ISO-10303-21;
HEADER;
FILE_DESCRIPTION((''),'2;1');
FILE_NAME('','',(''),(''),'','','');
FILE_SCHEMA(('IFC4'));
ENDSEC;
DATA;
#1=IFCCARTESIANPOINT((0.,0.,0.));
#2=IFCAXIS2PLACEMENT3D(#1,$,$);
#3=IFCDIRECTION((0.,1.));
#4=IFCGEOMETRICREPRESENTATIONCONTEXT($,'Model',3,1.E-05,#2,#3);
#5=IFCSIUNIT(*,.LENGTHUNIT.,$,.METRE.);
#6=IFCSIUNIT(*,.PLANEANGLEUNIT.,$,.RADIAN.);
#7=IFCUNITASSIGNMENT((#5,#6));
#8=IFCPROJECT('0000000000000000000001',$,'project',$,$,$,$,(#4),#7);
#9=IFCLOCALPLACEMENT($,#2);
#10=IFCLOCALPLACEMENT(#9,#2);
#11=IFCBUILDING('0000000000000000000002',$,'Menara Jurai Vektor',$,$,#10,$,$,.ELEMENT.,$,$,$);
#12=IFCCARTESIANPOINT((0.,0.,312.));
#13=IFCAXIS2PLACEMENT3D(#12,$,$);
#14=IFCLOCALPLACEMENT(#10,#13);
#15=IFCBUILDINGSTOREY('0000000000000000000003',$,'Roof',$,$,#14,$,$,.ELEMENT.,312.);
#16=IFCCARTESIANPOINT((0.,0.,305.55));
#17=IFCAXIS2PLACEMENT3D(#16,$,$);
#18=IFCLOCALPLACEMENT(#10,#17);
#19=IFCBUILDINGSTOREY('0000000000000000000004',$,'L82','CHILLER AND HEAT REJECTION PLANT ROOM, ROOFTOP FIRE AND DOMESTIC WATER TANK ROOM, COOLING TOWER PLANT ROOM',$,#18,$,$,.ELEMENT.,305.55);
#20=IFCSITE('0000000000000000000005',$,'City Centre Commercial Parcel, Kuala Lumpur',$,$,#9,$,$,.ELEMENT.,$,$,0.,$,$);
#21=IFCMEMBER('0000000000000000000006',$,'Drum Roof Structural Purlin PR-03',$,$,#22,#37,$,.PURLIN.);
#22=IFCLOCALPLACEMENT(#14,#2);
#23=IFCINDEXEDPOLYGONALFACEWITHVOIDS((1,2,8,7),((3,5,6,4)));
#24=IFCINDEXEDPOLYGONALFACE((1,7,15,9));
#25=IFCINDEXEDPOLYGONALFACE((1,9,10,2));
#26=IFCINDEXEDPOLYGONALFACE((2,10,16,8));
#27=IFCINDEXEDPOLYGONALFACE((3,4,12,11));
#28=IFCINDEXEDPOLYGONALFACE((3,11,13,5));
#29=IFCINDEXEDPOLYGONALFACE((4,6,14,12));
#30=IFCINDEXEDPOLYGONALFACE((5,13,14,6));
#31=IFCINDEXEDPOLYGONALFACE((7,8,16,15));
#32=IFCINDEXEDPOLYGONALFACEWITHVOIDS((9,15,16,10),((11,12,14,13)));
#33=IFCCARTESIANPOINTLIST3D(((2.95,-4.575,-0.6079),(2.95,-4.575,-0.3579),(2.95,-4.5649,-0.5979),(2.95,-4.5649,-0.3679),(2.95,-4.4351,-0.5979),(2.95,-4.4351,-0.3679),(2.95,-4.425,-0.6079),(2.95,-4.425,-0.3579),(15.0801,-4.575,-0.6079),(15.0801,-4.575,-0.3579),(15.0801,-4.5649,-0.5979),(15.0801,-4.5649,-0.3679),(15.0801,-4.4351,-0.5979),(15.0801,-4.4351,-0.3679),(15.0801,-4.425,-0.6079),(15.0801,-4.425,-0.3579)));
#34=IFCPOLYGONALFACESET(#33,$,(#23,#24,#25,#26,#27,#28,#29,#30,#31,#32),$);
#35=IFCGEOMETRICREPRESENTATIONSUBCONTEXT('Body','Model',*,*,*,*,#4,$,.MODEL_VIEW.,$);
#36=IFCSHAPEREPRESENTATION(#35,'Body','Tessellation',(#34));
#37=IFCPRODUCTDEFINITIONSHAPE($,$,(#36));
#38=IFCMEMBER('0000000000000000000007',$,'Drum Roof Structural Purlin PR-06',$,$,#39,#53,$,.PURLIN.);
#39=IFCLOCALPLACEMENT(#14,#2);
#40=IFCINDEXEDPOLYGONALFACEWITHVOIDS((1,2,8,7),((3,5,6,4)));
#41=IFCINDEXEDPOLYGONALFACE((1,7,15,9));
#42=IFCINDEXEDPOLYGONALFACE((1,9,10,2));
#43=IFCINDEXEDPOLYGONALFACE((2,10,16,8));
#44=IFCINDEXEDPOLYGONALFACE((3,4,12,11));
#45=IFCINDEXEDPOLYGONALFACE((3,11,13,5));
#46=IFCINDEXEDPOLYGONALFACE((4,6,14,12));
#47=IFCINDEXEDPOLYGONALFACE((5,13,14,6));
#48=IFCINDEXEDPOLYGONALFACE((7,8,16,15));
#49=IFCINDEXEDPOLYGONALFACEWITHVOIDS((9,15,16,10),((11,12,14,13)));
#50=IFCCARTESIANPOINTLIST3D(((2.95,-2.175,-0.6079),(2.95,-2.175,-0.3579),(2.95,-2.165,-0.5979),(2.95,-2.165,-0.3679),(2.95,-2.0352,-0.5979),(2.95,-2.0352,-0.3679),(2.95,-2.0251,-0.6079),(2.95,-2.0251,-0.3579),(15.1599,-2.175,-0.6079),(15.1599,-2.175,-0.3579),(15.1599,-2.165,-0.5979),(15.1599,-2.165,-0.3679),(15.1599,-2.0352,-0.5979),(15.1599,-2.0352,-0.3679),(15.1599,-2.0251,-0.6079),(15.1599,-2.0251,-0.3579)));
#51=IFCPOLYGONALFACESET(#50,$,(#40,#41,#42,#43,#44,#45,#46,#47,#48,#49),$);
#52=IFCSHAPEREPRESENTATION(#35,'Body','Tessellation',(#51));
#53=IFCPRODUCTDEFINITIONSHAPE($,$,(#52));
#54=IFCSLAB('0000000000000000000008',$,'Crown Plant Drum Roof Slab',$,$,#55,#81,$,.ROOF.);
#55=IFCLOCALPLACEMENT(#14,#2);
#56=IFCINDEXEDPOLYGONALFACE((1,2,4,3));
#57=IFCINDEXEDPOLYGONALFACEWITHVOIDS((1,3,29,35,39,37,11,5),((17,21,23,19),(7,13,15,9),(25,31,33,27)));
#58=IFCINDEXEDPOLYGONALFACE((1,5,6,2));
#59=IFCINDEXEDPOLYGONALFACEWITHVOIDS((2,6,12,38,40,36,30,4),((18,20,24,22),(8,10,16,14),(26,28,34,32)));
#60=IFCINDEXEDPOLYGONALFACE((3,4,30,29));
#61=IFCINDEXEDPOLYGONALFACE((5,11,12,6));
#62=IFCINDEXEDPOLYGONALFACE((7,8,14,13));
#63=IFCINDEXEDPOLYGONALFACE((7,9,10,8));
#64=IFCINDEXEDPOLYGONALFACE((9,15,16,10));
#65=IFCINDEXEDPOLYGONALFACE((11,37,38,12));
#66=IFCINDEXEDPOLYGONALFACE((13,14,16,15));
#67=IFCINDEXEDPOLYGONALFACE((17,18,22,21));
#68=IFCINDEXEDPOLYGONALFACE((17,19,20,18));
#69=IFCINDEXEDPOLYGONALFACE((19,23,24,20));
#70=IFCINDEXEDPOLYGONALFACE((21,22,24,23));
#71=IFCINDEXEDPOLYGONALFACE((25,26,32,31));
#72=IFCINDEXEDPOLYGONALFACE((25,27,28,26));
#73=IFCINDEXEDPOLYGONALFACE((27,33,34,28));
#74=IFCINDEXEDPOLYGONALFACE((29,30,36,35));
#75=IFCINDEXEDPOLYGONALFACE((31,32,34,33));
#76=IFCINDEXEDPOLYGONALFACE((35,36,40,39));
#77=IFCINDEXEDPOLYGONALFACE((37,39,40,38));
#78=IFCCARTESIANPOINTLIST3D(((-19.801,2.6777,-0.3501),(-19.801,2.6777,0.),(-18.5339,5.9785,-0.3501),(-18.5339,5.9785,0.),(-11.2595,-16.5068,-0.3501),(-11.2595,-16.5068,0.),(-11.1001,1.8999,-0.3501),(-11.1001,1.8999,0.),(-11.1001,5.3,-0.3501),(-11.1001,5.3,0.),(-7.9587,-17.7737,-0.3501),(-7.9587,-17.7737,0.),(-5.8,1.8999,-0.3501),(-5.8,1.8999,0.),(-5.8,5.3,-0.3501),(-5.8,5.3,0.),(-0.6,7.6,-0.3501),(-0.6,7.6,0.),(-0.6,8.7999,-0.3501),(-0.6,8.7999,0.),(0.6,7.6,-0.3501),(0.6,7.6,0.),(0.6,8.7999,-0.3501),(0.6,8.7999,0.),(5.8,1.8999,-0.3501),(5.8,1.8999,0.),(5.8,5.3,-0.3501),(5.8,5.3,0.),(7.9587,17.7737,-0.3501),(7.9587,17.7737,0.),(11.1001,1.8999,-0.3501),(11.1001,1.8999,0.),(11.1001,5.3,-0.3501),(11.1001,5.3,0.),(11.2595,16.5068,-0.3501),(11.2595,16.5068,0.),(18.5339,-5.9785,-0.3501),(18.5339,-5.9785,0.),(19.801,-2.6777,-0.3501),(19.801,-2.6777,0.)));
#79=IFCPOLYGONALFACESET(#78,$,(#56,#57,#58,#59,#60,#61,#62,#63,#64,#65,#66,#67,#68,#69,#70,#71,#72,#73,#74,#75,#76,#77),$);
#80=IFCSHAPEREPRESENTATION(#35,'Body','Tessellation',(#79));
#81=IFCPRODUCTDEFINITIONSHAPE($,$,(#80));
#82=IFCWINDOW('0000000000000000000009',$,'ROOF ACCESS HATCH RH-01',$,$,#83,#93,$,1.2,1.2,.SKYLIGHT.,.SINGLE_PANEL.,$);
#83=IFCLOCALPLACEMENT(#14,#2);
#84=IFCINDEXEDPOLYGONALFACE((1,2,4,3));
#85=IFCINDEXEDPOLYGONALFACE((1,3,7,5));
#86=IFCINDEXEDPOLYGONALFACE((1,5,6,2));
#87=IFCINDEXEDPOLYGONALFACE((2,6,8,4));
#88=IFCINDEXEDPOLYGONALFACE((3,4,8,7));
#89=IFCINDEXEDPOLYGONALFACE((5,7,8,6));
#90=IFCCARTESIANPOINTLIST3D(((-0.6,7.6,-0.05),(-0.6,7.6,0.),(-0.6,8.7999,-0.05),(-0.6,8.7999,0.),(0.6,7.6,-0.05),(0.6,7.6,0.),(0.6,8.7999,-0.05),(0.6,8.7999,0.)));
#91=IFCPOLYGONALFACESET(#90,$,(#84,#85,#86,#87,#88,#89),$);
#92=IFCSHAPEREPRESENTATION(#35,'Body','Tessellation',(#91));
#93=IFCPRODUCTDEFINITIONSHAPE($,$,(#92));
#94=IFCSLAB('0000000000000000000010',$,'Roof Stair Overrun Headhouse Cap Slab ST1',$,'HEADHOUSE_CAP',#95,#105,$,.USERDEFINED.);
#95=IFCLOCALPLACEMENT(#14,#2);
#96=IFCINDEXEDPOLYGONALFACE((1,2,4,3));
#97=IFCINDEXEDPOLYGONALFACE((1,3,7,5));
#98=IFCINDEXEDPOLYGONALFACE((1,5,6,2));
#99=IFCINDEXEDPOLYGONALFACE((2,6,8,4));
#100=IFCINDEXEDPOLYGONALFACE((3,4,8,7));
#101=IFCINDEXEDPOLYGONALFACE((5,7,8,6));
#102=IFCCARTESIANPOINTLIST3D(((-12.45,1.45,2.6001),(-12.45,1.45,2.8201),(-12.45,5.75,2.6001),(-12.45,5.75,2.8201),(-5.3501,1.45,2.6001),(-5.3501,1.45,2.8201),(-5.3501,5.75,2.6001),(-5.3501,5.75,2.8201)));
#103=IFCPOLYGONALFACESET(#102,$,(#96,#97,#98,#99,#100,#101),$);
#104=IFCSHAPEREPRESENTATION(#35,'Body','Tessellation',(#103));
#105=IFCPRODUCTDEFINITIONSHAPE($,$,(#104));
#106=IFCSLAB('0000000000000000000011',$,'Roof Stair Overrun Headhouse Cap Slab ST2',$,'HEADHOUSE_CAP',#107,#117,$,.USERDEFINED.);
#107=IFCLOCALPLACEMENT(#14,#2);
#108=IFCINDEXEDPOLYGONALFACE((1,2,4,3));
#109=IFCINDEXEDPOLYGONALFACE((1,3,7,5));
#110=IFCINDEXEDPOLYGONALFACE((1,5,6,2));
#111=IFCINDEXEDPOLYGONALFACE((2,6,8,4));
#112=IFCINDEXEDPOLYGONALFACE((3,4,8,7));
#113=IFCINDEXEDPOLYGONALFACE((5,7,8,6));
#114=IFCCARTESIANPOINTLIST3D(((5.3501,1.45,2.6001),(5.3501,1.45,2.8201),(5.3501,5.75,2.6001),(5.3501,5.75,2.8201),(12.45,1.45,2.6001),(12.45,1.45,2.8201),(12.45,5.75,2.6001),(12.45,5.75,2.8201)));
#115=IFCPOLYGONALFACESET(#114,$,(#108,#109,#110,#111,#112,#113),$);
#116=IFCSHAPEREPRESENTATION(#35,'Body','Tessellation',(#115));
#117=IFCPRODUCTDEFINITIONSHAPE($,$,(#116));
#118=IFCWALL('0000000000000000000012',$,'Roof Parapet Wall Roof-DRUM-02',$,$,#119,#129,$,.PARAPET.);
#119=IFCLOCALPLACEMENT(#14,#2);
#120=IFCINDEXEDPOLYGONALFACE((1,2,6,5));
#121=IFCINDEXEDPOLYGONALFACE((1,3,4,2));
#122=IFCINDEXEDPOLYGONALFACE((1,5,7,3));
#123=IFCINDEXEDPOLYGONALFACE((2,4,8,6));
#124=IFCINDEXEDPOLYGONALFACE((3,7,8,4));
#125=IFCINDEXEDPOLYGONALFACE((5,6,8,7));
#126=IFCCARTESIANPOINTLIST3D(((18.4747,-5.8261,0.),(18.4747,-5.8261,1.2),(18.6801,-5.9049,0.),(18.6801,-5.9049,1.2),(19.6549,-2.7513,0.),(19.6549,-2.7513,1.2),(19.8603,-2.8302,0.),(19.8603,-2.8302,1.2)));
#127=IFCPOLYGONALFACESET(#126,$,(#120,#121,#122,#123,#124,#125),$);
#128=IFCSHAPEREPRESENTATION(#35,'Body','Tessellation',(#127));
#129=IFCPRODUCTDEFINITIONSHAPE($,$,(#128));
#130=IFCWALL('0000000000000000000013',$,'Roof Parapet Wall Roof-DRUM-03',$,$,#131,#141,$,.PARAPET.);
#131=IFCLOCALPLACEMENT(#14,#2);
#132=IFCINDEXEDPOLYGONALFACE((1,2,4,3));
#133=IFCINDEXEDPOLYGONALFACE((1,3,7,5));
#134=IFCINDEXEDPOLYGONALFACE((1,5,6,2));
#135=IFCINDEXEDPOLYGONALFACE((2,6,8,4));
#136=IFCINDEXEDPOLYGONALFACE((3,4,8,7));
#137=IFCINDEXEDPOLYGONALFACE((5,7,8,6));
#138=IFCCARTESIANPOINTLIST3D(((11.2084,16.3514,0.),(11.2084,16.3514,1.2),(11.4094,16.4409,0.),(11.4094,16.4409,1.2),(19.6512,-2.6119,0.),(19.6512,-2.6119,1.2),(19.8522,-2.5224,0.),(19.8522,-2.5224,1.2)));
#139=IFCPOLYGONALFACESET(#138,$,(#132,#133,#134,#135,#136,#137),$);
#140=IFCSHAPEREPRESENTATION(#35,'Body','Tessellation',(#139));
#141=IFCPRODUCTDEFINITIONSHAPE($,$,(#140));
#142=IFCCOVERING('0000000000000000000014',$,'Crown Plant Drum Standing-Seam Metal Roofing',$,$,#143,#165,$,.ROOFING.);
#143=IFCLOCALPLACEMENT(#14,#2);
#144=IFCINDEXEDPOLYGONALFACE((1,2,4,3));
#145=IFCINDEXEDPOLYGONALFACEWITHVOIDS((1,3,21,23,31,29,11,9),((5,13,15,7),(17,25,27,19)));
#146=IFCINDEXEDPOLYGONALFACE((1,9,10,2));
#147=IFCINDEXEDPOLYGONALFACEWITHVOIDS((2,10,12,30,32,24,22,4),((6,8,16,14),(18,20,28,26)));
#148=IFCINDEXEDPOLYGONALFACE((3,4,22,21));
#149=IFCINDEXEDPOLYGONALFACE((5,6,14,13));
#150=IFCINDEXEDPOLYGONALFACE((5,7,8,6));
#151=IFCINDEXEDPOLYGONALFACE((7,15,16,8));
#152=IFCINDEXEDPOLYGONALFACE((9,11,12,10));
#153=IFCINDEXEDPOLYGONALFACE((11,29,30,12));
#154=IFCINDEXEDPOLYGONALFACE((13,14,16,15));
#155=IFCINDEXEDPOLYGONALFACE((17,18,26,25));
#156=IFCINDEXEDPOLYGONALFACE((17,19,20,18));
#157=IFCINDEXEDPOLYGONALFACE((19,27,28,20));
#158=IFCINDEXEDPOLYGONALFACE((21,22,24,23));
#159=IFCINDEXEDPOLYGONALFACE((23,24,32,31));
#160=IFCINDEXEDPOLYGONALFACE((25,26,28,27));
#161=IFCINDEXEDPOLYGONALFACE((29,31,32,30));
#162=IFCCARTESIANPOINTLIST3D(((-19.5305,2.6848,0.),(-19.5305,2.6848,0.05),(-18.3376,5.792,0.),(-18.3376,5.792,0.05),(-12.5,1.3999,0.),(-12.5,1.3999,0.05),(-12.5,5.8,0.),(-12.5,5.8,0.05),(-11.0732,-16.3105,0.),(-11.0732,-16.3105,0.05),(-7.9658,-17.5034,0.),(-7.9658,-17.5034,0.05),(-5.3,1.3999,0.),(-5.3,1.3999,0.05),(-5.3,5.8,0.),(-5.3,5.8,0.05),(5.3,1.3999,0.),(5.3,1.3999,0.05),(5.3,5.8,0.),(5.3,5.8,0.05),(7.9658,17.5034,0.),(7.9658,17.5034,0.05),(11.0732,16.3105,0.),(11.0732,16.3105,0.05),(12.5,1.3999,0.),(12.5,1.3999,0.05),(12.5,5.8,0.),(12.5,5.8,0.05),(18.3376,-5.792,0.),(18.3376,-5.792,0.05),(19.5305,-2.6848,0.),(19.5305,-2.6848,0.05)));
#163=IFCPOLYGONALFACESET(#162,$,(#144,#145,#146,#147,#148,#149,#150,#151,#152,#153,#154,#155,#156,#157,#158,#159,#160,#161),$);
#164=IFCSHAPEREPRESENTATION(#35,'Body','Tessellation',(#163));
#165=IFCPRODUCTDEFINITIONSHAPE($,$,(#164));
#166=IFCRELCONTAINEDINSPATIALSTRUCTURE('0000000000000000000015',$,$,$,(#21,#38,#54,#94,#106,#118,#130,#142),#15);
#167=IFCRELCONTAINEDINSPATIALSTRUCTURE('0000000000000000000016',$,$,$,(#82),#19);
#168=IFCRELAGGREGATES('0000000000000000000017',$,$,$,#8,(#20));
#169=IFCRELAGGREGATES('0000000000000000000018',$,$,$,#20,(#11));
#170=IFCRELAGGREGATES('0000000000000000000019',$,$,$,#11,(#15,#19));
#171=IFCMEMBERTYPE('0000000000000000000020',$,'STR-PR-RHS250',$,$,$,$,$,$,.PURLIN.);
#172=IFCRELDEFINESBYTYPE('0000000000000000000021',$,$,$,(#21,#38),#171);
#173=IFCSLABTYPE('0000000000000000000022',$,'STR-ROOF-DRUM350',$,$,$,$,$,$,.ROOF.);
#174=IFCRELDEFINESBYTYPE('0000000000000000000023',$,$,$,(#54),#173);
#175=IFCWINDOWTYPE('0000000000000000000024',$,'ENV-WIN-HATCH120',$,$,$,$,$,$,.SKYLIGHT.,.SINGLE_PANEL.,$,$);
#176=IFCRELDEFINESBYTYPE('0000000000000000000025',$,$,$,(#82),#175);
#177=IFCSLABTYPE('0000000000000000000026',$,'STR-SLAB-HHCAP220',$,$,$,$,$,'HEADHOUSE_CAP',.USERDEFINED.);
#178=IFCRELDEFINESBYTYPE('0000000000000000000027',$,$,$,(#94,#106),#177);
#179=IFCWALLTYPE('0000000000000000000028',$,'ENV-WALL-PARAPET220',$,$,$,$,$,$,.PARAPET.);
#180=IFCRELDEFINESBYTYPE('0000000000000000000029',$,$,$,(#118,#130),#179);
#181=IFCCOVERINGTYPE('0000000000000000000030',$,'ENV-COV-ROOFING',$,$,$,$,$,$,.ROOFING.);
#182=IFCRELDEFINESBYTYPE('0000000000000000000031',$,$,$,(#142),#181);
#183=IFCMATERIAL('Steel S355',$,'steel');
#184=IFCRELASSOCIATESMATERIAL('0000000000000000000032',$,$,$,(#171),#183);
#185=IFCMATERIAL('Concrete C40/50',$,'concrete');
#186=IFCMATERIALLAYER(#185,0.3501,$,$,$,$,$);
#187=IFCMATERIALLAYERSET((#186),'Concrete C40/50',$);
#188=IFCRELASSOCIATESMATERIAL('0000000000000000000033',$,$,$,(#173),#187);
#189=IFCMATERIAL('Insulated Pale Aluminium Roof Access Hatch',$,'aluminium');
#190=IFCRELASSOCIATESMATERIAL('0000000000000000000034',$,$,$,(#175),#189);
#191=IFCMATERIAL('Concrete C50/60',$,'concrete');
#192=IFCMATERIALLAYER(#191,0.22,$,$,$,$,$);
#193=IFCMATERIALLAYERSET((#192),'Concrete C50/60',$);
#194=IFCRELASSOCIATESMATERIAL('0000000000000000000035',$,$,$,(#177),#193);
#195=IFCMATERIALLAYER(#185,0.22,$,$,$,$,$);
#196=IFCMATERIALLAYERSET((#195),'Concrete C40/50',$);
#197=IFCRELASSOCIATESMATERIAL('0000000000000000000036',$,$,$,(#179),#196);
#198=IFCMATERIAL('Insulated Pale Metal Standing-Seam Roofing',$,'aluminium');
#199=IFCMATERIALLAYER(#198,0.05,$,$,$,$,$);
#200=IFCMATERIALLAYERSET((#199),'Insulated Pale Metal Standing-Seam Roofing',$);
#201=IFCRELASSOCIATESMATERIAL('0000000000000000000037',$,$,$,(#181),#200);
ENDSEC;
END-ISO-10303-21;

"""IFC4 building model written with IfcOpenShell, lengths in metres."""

from ifc_helpers import new_model, si_unit, direction, frame, frame_2d, origin, origin_2d, place, context, subcontext, project, spatial, polyline, rectangle, hollow_rectangle, outline, extrude, material, layer, layer_set, material_profile, profile_set, type_object, element, fill, save


model = new_model("IFC4")

# Units and contexts
model_context = context("Model", 3, precision=1e-05, world=origin(), true_north=direction((0.0, 1.0)))
body_context = subcontext(model_context, "Body", "Model", "MODEL_VIEW")
ifc_project = project(units=[si_unit("LENGTHUNIT", "METRE"), si_unit("PLANEANGLEUNIT", "RADIAN")], contexts=[model_context])

# Site, building, storey
site_placement = place(None, origin())
site = spatial("IfcSite", under=ifc_project, at=site_placement, Name="City Centre Commercial Parcel, Kuala Lumpur", CompositionType="ELEMENT", RefElevation=0.0)
building_placement = place(site_placement, origin())
building = spatial("IfcBuilding", under=site, at=building_placement, Name="Menara Jurai Vektor", CompositionType="ELEMENT")
storey_1_placement = place(building_placement, frame((0.0, 0.0, 312.0)))
storey_1 = spatial("IfcBuildingStorey", under=building, at=storey_1_placement, Name="Roof", CompositionType="ELEMENT", Elevation=312.0)

# Shared definitions
ifc_material_1 = material(Name="Steel S355", Category="steel")

# Members
ifc_material_profile_1 = material_profile(ifc_material_1, hollow_rectangle(XDim=0.1499, YDim=0.25, WallThickness=0.01, at=origin_2d()), Name="RHS 250x150x10")
ifc_profile_set_1 = profile_set([ifc_material_profile_1], Name="Steel S355")
member_type_1 = type_object("IfcMemberType", Name="STR-PR-RHS250", PredefinedType="PURLIN", material=ifc_profile_set_1)
member_1_placement = place(storey_1_placement, frame((2.95, -4.5, -0.4829), z_axis=(1.0, 0.0, 0.0), x_axis=(0.0, 1.0, 0.0)))
element("IfcMember", 1, at=member_1_placement, inside=storey_1, type_object=member_type_1, Name="Drum Roof Structural Purlin PR-03", PredefinedType="PURLIN", context=body_context, shape_type="SweptSolid", body=[
    extrude(hollow_rectangle(XDim=0.1499, YDim=0.25, WallThickness=0.01, at=origin_2d()), origin(), (0.0, 0.0, 1.0), 12.1301),
])
member_2_placement = place(storey_1_placement, frame((2.95, -2.1001, -0.4829), z_axis=(1.0, 0.0, 0.0), x_axis=(0.0, 1.0, 0.0)))
element("IfcMember", 2, at=member_2_placement, inside=storey_1, type_object=member_type_1, Name="Drum Roof Structural Purlin PR-06", PredefinedType="PURLIN", context=body_context, shape_type="SweptSolid", body=[
    extrude(hollow_rectangle(XDim=0.1499, YDim=0.25, WallThickness=0.01, at=origin_2d()), origin(), (0.0, 0.0, 1.0), 12.21),
])

# Slab, opening
ifc_material_2 = material(Name="Concrete C40/50", Category="concrete")
ifc_layer_1 = layer(ifc_material_2, 0.3501)
ifc_layer_set_1 = layer_set([ifc_layer_1], Name="Concrete C40/50")
slab_type_1 = type_object("IfcSlabType", Name="STR-ROOF-DRUM350", PredefinedType="ROOF", material=ifc_layer_set_1)
slab_1_placement = place(storey_1_placement, frame((0.0, 0.0, -0.3501)))
slab_1 = element("IfcSlab", 3, at=slab_1_placement, inside=storey_1, type_object=slab_type_1, Name="Crown Plant Drum Roof Slab", PredefinedType="ROOF", context=body_context, shape_type="SweptSolid", body=[
    extrude(outline(polyline([(-7.9587, -17.7737), (18.5339, -5.9785), (19.801, -2.6777), (11.2595, 16.5068), (7.9587, 17.7737), (-18.5339, 5.9785), (-19.801, 2.6777), (-11.2595, -16.5068), (-7.9587, -17.7737)]), holes=[polyline([(-11.1001, 1.8999), (-11.1001, 5.3), (-5.8, 5.3), (-5.8, 1.8999), (-11.1001, 1.8999)]), polyline([(5.8, 1.8999), (5.8, 5.3), (11.1001, 5.3), (11.1001, 1.8999), (5.8, 1.8999)])]), origin(), (0.0, 0.0, 1.0), 0.3501),
])
opening_placement = place(slab_1_placement, frame((0.0, 8.2, 0.0)))
opening = element("IfcOpeningElement", 4, at=opening_placement, cuts=slab_1, PredefinedType="OPENING", context=body_context, shape_type="SweptSolid", body=[
    extrude(rectangle(XDim=1.2, YDim=1.2, at=origin_2d()), frame((0.0, 0.0, -0.01)), (0.0, 0.0, 1.0), 0.3701),
])

# Shared definitions
storey_2_placement = place(building_placement, frame((0.0, 0.0, 305.55)))
storey_2 = spatial("IfcBuildingStorey", under=building, at=storey_2_placement, Name="L82", Description="CHILLER AND HEAT REJECTION PLANT ROOM, ROOFTOP FIRE AND DOMESTIC WATER TANK ROOM, COOLING TOWER PLANT ROOM", CompositionType="ELEMENT", Elevation=305.55)

# Window
ifc_material_3 = material(Name="Insulated Pale Aluminium Roof Access Hatch", Category="aluminium")
window_type = type_object("IfcWindowType", Name="ENV-WIN-HATCH120", PartitioningType="SINGLE_PANEL", PredefinedType="SKYLIGHT", material=ifc_material_3)
window_placement = place(opening_placement, frame((0.0, 0.0, 0.3)))
window = element("IfcWindow", 5, at=window_placement, inside=storey_2, type_object=window_type, Name="ROOF ACCESS HATCH RH-01", OverallHeight=1.2, OverallWidth=1.2, PartitioningType="SINGLE_PANEL", PredefinedType="SKYLIGHT", context=body_context, shape_type="SweptSolid", body=[
    extrude(rectangle(XDim=1.2, YDim=1.2, at=origin_2d()), origin(), (0.0, 0.0, 1.0), 0.05),
])
fill(opening, window)

# Slabs
ifc_material_4 = material(Name="Concrete C50/60", Category="concrete")
ifc_layer_2 = layer(ifc_material_4, 0.22)
ifc_layer_set_2 = layer_set([ifc_layer_2], Name="Concrete C50/60")
slab_type_2 = type_object("IfcSlabType", Name="STR-SLAB-HHCAP220", ElementType="HEADHOUSE_CAP", PredefinedType="USERDEFINED", material=ifc_layer_set_2)
slab_2_placement = place(storey_1_placement, frame((0.0, 0.0, 2.6001)))
element("IfcSlab", 6, at=slab_2_placement, inside=storey_1, type_object=slab_type_2, Name="Roof Stair Overrun Headhouse Cap Slab ST1", ObjectType="HEADHOUSE_CAP", PredefinedType="USERDEFINED", context=body_context, shape_type="SweptSolid", body=[
    extrude(outline(polyline([(-5.3501, 1.45), (-5.3501, 5.75), (-12.45, 5.75), (-12.45, 1.45), (-5.3501, 1.45)])), origin(), (0.0, 0.0, 1.0), 0.22),
])
slab_3_placement = place(storey_1_placement, frame((0.0, 0.0, 2.6001)))
element("IfcSlab", 7, at=slab_3_placement, inside=storey_1, type_object=slab_type_2, Name="Roof Stair Overrun Headhouse Cap Slab ST2", ObjectType="HEADHOUSE_CAP", PredefinedType="USERDEFINED", context=body_context, shape_type="SweptSolid", body=[
    extrude(outline(polyline([(12.45, 1.45), (12.45, 5.75), (5.3501, 5.75), (5.3501, 1.45), (12.45, 1.45)])), origin(), (0.0, 0.0, 1.0), 0.22),
])

# Walls
ifc_layer_3 = layer(ifc_material_2, 0.22)
ifc_layer_set_3 = layer_set([ifc_layer_3], Name="Concrete C40/50")
wall_type = type_object("IfcWallType", Name="ENV-WALL-PARAPET220", PredefinedType="PARAPET", material=ifc_layer_set_3)
wall_1_placement = place(storey_1_placement, frame((18.5774, -5.8655, 0.0), z_axis=(0.0, 0.0, 1.0), x_axis=(0.358343, 0.93359, 0.0)))
element("IfcWall", 8, at=wall_1_placement, inside=storey_1, type_object=wall_type, Name="Roof Parapet Wall Roof-DRUM-02", PredefinedType="PARAPET", context=body_context, shape_type="SweptSolid", body=[
    extrude(rectangle(XDim=3.2935, YDim=0.22, at=frame_2d((1.6467, 0.0))), origin(), (0.0, 0.0, 1.0), 1.2),
])
wall_2_placement = place(storey_1_placement, frame((19.7517, -2.5671, 0.0), z_axis=(0.0, 0.0, 1.0), x_axis=(-0.40673, 0.913548, 0.0)))
element("IfcWall", 9, at=wall_2_placement, inside=storey_1, type_object=wall_type, Name="Roof Parapet Wall Roof-DRUM-03", PredefinedType="PARAPET", context=body_context, shape_type="SweptSolid", body=[
    extrude(rectangle(XDim=20.7578, YDim=0.22, at=frame_2d((10.3789, 0.0))), origin(), (0.0, 0.0, 1.0), 1.2),
])

# Covering
ifc_material_5 = material(Name="Insulated Pale Metal Standing-Seam Roofing", Category="aluminium")
ifc_layer_4 = layer(ifc_material_5, 0.05)
ifc_layer_set_4 = layer_set([ifc_layer_4], Name="Insulated Pale Metal Standing-Seam Roofing")
covering_type = type_object("IfcCoveringType", Name="ENV-COV-ROOFING", PredefinedType="ROOFING", material=ifc_layer_set_4)
covering_placement = place(storey_1_placement, origin())
element("IfcCovering", 10, at=covering_placement, inside=storey_1, type_object=covering_type, Name="Crown Plant Drum Standing-Seam Metal Roofing", PredefinedType="ROOFING", context=body_context, shape_type="SweptSolid", body=[
    extrude(outline(polyline([(-11.0732, -16.3105), (-7.9658, -17.5034), (18.3376, -5.792), (19.5305, -2.6848), (11.0732, 16.3105), (7.9658, 17.5034), (-18.3376, 5.792), (-19.5305, 2.6848), (-11.0732, -16.3105)]), holes=[polyline([(-12.5, 5.8), (-12.5, 1.3999), (-5.3, 1.3999), (-5.3, 5.8), (-12.5, 5.8)]), polyline([(12.5, 5.8), (5.3, 5.8), (5.3, 1.3999), (12.5, 1.3999), (12.5, 5.8)])]), origin(), (0.0, 0.0, 1.0), 0.05),
])

save(model, "model.ifc")
